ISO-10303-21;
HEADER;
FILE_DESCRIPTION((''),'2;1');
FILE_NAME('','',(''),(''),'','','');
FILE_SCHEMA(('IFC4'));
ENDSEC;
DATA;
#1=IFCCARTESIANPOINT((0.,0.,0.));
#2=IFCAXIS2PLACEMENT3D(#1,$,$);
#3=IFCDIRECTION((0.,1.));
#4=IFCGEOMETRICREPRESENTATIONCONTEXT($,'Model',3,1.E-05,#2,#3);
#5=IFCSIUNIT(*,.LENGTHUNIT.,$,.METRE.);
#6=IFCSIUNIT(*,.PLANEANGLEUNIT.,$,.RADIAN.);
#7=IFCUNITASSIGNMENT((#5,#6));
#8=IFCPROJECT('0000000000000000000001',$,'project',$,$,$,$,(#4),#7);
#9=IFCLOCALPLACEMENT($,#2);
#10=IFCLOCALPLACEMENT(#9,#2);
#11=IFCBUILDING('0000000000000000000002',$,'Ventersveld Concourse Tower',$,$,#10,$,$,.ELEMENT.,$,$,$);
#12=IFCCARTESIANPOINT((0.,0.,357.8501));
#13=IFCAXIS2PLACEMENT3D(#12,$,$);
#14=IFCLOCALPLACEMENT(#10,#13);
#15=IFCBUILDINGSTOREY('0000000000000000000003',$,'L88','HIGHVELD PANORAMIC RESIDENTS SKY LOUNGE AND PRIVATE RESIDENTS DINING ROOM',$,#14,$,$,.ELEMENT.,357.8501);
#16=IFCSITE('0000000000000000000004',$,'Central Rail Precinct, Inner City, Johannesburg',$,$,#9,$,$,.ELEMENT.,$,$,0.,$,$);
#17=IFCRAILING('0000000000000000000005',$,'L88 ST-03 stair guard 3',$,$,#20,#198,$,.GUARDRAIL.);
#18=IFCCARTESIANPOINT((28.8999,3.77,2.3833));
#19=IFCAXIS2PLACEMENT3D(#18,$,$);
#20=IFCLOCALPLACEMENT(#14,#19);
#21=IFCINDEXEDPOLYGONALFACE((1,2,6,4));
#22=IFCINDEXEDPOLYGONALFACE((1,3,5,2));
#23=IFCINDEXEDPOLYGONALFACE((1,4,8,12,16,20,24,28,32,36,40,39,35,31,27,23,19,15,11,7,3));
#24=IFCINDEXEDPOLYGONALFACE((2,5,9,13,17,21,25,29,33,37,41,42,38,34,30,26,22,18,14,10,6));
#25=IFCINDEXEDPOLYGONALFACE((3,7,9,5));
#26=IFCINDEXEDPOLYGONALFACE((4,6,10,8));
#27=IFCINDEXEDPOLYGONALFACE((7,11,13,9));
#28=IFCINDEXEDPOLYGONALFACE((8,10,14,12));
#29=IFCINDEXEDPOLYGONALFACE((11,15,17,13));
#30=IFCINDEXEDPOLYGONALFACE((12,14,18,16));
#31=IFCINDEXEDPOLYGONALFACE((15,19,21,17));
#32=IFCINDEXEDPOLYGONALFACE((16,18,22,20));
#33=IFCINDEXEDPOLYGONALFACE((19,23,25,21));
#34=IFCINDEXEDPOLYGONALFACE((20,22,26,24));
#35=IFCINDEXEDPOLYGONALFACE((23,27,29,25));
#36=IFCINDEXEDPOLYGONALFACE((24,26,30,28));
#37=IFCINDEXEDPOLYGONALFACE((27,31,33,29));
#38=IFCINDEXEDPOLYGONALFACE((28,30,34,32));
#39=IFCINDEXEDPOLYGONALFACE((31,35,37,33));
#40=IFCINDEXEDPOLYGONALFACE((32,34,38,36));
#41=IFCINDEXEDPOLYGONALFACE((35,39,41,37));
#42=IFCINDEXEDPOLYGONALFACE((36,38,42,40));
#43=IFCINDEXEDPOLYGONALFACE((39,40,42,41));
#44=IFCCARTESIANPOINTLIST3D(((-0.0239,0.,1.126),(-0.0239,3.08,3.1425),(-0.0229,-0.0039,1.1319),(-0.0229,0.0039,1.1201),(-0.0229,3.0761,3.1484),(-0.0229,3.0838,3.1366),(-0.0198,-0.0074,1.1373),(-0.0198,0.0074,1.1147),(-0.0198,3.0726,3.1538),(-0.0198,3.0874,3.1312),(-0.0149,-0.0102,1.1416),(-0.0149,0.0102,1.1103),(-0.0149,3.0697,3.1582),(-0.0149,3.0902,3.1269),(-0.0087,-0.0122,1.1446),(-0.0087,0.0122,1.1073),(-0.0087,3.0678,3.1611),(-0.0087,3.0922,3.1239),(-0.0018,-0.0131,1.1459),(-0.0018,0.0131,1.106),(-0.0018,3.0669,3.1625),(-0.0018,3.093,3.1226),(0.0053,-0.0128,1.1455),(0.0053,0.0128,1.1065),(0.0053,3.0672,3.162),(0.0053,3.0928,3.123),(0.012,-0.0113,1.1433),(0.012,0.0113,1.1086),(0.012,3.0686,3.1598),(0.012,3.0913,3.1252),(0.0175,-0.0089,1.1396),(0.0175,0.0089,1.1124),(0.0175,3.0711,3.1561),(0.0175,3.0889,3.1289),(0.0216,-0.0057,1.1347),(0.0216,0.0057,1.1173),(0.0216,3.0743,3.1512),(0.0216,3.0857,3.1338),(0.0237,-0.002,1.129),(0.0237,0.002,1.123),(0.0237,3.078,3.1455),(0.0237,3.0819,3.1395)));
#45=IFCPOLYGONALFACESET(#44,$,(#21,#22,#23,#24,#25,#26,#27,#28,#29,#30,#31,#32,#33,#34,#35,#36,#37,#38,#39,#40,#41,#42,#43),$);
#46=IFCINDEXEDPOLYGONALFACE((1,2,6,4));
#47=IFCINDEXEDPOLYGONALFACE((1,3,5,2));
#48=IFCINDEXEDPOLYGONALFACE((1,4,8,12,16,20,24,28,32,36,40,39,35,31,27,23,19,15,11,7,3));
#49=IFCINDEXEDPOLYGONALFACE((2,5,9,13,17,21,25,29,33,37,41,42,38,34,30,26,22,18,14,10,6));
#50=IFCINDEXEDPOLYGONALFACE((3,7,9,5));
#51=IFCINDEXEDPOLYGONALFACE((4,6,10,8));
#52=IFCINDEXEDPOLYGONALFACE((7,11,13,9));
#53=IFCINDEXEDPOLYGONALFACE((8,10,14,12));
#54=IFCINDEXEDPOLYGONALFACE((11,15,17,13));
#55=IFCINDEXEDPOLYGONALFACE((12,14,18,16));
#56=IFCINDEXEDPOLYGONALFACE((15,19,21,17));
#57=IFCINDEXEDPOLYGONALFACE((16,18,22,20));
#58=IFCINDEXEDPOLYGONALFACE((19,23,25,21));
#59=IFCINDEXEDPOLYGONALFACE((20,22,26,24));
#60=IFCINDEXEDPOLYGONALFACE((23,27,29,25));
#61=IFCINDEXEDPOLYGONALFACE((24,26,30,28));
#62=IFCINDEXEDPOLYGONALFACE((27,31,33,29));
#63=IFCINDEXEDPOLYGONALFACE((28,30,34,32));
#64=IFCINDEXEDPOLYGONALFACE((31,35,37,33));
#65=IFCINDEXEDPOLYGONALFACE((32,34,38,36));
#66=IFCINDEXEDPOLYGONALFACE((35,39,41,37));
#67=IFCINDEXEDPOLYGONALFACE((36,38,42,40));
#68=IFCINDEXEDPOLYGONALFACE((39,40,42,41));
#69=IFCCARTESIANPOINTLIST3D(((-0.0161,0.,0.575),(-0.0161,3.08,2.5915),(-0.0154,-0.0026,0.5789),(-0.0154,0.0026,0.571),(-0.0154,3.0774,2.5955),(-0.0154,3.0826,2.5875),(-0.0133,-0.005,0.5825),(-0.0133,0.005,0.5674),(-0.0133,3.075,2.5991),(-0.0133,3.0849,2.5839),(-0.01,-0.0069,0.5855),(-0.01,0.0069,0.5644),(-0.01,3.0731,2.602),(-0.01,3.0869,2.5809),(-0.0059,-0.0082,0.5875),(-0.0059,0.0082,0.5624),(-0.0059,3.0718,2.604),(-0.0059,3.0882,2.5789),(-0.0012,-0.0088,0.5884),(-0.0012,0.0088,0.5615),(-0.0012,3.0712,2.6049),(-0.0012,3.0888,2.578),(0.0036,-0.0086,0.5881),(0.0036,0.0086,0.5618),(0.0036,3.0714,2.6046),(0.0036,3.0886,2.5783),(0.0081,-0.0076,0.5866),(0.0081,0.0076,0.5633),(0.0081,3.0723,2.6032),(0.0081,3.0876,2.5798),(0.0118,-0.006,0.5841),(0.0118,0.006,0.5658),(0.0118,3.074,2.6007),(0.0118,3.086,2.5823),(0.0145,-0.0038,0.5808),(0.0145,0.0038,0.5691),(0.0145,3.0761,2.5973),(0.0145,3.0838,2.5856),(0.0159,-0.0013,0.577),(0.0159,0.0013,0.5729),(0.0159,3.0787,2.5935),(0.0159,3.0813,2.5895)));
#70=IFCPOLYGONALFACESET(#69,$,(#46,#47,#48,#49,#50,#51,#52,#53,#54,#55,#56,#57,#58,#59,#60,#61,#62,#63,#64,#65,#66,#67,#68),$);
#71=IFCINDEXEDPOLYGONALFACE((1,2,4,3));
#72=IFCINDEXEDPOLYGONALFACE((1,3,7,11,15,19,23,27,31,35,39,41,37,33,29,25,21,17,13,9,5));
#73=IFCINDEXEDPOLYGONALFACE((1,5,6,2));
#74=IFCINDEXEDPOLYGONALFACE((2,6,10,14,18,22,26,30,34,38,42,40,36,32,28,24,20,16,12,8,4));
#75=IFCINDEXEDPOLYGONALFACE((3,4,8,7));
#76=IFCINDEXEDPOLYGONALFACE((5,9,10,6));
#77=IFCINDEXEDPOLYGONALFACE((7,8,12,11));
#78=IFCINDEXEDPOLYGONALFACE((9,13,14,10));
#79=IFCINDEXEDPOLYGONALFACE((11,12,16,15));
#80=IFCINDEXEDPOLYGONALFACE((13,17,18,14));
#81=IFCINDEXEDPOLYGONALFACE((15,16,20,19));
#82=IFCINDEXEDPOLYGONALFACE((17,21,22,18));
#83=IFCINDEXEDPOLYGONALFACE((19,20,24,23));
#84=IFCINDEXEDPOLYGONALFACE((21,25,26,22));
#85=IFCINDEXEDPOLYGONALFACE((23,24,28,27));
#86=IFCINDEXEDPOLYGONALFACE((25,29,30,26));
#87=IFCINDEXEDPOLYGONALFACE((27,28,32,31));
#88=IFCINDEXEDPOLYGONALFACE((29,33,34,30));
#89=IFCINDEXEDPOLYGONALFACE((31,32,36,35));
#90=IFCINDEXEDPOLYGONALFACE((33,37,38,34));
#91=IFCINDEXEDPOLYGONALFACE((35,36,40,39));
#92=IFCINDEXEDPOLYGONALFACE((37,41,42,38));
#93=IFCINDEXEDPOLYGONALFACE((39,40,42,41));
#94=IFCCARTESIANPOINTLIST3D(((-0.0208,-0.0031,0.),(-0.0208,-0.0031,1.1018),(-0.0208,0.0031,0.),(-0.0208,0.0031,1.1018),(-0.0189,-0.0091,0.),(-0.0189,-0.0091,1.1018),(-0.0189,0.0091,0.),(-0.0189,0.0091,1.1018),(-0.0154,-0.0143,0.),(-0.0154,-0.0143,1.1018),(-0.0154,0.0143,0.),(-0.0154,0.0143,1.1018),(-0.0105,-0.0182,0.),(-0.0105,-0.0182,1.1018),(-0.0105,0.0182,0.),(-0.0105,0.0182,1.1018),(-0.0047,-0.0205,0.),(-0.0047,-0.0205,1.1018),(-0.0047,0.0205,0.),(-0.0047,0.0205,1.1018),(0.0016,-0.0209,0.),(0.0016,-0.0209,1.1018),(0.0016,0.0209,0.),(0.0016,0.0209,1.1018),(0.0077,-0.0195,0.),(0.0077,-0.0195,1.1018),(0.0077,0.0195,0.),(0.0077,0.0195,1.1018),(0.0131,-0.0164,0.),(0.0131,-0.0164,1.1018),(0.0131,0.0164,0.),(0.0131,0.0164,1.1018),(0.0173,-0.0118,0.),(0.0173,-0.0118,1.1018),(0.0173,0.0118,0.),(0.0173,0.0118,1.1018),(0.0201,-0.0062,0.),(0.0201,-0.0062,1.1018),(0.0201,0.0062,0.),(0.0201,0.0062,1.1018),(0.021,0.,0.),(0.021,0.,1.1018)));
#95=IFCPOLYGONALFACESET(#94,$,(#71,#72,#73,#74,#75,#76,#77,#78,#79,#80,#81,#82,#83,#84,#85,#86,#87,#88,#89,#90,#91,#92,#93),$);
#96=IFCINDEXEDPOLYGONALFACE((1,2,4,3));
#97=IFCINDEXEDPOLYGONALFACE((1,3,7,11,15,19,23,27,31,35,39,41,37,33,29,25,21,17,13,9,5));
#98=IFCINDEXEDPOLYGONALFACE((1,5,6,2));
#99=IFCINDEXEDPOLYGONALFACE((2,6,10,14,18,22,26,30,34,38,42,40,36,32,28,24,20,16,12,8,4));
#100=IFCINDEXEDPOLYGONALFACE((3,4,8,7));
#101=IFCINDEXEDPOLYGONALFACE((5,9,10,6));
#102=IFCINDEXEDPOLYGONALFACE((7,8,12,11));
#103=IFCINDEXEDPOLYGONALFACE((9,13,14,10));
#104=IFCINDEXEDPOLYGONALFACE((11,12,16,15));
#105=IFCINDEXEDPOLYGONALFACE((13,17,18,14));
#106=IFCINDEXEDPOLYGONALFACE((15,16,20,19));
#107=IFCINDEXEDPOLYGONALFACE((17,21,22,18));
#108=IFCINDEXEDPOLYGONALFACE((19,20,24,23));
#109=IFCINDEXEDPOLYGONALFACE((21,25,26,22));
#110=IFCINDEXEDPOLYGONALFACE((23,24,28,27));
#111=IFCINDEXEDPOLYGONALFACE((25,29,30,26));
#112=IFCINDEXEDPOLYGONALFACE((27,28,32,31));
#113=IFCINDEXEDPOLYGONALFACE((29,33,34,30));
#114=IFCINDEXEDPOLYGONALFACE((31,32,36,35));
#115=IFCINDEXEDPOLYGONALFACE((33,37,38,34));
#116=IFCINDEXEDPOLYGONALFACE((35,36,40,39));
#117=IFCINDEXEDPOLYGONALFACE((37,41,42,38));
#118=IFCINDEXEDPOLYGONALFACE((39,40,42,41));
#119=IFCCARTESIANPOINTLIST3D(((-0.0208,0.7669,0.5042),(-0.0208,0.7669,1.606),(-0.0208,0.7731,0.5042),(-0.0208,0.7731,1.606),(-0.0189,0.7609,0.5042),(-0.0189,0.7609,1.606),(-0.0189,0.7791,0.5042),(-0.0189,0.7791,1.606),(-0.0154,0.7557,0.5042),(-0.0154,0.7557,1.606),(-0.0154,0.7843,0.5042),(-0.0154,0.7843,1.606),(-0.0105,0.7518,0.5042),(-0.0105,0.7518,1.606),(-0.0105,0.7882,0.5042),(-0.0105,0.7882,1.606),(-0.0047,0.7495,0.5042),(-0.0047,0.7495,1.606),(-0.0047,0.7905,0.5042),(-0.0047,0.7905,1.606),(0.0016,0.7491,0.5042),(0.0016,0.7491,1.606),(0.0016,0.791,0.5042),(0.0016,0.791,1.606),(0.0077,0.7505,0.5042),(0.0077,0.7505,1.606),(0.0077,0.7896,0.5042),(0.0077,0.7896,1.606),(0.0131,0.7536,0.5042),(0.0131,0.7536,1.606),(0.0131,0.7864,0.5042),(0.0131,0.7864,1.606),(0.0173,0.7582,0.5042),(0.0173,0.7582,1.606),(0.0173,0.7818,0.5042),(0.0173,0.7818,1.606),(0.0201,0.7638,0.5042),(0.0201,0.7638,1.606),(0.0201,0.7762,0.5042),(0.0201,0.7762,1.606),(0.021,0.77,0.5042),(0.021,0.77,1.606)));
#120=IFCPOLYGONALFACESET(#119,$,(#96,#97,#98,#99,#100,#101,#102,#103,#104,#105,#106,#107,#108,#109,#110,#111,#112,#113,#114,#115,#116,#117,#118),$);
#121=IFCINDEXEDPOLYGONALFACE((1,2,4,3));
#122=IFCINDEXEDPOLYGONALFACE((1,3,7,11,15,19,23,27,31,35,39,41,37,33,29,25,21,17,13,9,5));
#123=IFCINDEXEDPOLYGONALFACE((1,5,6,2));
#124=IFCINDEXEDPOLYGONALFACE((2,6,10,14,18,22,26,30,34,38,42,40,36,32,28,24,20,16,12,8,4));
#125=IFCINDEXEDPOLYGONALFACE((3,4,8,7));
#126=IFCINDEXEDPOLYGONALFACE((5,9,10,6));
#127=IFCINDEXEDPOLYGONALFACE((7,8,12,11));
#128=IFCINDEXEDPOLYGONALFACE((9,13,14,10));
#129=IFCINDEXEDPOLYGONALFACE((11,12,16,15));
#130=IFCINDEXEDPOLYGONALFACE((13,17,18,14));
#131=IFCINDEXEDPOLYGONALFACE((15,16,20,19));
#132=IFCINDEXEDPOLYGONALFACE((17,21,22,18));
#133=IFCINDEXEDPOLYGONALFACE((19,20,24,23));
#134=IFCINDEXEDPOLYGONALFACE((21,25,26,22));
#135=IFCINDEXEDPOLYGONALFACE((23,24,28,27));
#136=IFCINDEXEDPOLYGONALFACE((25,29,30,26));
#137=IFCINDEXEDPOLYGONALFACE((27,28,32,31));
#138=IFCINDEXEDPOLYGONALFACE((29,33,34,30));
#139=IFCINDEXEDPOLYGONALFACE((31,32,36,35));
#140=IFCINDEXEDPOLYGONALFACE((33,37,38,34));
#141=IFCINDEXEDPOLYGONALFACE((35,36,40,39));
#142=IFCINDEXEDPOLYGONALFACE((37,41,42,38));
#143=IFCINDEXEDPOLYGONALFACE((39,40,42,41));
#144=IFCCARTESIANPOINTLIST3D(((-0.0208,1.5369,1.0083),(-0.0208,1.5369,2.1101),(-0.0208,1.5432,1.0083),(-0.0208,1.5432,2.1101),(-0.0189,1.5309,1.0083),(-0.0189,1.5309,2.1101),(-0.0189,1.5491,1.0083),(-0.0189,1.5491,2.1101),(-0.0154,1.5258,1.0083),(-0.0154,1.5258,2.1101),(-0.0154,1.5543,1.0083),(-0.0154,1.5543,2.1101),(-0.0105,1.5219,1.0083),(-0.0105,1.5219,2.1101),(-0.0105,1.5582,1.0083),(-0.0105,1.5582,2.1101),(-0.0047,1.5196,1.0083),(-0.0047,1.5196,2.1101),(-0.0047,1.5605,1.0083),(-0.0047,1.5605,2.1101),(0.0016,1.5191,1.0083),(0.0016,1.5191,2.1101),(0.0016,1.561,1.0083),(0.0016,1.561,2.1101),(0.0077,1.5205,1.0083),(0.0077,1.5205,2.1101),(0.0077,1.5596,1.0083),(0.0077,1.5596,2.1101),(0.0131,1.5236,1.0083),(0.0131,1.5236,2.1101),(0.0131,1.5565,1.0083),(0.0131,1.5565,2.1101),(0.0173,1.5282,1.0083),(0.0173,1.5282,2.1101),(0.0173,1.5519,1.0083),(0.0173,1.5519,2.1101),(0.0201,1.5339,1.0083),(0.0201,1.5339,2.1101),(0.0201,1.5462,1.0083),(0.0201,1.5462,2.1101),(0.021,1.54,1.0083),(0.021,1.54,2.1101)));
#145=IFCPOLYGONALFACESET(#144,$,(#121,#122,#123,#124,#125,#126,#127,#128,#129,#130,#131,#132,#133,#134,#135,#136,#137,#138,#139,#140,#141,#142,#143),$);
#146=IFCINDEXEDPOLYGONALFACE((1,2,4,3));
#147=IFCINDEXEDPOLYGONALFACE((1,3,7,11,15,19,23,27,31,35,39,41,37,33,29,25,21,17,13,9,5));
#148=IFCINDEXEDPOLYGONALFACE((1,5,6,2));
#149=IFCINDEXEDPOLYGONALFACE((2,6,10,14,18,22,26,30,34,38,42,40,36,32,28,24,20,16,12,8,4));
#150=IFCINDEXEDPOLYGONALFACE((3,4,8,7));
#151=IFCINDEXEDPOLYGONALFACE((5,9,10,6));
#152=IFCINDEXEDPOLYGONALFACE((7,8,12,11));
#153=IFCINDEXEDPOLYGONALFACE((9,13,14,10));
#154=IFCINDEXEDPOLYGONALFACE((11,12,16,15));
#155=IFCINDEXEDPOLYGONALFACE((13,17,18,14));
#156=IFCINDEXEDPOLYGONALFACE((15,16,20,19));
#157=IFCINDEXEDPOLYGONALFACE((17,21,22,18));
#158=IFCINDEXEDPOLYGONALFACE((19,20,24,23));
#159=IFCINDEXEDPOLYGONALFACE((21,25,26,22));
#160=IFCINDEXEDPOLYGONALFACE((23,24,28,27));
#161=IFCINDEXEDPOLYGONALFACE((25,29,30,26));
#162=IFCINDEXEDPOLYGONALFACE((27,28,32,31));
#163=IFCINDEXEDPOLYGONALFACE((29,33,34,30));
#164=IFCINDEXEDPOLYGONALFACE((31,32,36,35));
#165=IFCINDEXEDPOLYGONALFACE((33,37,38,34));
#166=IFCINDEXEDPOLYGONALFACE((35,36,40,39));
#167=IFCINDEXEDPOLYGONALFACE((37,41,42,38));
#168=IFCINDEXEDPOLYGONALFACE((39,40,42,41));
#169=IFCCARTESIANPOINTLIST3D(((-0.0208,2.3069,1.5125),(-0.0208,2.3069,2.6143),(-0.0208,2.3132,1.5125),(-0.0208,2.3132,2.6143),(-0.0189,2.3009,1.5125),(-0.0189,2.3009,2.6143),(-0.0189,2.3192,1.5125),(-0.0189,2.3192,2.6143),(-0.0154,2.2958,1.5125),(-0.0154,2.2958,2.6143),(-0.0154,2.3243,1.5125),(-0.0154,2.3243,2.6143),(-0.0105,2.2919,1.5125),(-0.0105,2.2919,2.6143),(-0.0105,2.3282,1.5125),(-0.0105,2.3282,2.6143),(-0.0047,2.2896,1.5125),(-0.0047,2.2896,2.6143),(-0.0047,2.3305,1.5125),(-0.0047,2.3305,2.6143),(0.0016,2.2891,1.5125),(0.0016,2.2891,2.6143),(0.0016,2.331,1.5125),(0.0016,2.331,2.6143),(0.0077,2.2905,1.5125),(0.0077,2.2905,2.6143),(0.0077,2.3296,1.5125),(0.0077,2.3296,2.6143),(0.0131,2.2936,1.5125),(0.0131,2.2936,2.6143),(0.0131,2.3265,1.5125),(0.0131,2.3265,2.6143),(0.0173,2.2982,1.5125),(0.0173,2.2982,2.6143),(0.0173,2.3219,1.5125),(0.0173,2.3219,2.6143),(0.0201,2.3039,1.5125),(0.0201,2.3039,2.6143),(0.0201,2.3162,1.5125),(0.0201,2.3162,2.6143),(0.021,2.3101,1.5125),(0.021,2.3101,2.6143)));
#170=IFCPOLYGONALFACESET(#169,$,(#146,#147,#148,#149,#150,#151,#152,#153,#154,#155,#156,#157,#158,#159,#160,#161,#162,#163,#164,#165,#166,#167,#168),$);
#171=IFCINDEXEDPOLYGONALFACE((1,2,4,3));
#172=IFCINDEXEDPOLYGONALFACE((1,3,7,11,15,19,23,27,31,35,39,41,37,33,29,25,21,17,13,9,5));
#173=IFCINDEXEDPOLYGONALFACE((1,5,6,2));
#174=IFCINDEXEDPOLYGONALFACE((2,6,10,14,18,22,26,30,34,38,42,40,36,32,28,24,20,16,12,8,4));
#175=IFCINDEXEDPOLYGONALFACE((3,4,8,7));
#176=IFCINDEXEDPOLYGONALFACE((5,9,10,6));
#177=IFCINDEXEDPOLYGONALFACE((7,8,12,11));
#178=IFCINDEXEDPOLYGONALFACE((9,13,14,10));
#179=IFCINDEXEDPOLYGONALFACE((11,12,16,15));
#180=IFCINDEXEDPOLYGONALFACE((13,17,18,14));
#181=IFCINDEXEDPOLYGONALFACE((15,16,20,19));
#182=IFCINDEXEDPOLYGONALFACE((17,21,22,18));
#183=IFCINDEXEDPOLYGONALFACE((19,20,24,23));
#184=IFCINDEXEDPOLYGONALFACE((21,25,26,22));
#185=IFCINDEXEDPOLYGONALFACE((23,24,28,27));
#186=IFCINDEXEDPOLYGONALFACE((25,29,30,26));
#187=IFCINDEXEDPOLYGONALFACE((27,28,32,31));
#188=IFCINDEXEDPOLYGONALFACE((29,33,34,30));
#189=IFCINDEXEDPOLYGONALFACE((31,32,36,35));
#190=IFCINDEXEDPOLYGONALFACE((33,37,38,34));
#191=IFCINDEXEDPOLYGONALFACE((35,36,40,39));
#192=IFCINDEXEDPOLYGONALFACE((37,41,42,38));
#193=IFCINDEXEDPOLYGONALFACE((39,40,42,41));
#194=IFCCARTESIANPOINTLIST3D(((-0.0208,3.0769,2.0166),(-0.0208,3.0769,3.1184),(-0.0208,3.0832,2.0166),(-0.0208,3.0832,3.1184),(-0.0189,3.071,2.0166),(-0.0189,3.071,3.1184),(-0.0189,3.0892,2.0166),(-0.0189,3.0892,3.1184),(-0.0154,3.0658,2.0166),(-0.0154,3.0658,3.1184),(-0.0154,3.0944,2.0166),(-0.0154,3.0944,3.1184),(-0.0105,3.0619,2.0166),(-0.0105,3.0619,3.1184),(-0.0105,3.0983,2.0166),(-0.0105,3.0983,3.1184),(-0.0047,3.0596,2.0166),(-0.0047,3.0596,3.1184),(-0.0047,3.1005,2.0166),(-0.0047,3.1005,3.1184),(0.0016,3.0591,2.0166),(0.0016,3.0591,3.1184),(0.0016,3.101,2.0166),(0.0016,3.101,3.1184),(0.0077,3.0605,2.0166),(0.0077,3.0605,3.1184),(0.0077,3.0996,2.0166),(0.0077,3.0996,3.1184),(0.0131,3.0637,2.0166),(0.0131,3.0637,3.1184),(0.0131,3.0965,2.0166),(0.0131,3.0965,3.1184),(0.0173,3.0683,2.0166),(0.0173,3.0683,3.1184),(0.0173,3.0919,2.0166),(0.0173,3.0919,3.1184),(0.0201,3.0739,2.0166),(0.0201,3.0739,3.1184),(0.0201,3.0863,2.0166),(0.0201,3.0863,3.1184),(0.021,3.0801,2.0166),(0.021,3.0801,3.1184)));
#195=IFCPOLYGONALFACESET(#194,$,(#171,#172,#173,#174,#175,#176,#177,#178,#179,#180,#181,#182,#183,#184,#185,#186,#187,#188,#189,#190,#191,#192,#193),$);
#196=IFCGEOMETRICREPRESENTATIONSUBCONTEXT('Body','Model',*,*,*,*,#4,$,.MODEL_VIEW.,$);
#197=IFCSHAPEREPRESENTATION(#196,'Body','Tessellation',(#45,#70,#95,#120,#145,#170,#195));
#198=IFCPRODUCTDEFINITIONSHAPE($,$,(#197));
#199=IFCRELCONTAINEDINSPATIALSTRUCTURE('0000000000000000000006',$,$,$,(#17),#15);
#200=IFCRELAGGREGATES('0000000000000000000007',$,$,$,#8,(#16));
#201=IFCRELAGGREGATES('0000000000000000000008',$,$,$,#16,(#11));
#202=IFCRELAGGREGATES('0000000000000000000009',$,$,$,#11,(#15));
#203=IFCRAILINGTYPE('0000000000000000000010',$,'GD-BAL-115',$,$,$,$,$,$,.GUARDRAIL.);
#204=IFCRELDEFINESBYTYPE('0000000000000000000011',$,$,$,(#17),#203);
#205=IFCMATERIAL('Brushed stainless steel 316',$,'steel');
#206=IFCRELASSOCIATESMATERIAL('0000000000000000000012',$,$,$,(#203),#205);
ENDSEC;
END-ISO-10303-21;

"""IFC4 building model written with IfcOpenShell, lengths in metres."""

from ifc_helpers import new_model, si_unit, direction, frame, origin, origin_2d, place, context, subcontext, project, spatial, circle, extrude, material, type_object, element, save


model = new_model("IFC4")

# Units and contexts
model_context = context("Model", 3, precision=1e-05, world=origin(), true_north=direction((0.0, 1.0)))
body_context = subcontext(model_context, "Body", "Model", "MODEL_VIEW")
ifc_project = project(units=[si_unit("LENGTHUNIT", "METRE"), si_unit("PLANEANGLEUNIT", "RADIAN")], contexts=[model_context])

# Site, building, storey
site_placement = place(None, origin())
site = spatial("IfcSite", under=ifc_project, at=site_placement, Name="Central Rail Precinct, Inner City, Johannesburg", CompositionType="ELEMENT", RefElevation=0.0)
building_placement = place(site_placement, origin())
building = spatial("IfcBuilding", under=site, at=building_placement, Name="Ventersveld Concourse Tower", CompositionType="ELEMENT")
storey_placement = place(building_placement, frame((0.0, 0.0, 357.8501)))
storey = spatial("IfcBuildingStorey", under=building, at=storey_placement, Name="L88", Description="HIGHVELD PANORAMIC RESIDENTS SKY LOUNGE AND PRIVATE RESIDENTS DINING ROOM", CompositionType="ELEMENT", Elevation=357.8501)

# Shared definitions
ifc_material_1 = material(Name="Brushed stainless steel 316", Category="steel")

# Railing
railing_type_1 = type_object("IfcRailingType", Name="GD-BAL-115", PredefinedType="GUARDRAIL", material=ifc_material_1)
railing_1_placement = place(storey_placement, frame((28.8999, 3.77, 2.3833)))
element("IfcRailing", 1, at=railing_1_placement, inside=storey, type_object=railing_type_1, Name="L88 ST-03 stair guard 3", PredefinedType="GUARDRAIL", context=body_context, shape_type="SweptSolid", body=[
    extrude(circle(Radius=0.0239, at=origin_2d()), frame((0.0, 0.0, 1.126), z_axis=(0.0, 0.836633, 0.547764), x_axis=(-1.0, 0.0, 0.0)), (0.0, 0.0, 1.0), 3.6814),
    extrude(circle(Radius=0.0161, at=origin_2d()), frame((0.0, 0.0, 0.575), z_axis=(0.0, 0.836633, 0.547764), x_axis=(-1.0, 0.0, 0.0)), (0.0, 0.0, 1.0), 3.6814),
    extrude(circle(Radius=0.021, at=origin_2d()), origin(), (0.0, 0.0, 1.0), 1.1018),
    extrude(circle(Radius=0.021, at=origin_2d()), frame((0.0, 0.77, 0.5042)), (0.0, 0.0, 1.0), 1.1018),
    extrude(circle(Radius=0.021, at=origin_2d()), frame((0.0, 1.54, 1.0083)), (0.0, 0.0, 1.0), 1.1018),
    extrude(circle(Radius=0.021, at=origin_2d()), frame((0.0, 2.3101, 1.5125)), (0.0, 0.0, 1.0), 1.1018),
    extrude(circle(Radius=0.021, at=origin_2d()), frame((0.0, 3.0801, 2.0166)), (0.0, 0.0, 1.0), 1.1018),
])

save(model, "model.ifc")
